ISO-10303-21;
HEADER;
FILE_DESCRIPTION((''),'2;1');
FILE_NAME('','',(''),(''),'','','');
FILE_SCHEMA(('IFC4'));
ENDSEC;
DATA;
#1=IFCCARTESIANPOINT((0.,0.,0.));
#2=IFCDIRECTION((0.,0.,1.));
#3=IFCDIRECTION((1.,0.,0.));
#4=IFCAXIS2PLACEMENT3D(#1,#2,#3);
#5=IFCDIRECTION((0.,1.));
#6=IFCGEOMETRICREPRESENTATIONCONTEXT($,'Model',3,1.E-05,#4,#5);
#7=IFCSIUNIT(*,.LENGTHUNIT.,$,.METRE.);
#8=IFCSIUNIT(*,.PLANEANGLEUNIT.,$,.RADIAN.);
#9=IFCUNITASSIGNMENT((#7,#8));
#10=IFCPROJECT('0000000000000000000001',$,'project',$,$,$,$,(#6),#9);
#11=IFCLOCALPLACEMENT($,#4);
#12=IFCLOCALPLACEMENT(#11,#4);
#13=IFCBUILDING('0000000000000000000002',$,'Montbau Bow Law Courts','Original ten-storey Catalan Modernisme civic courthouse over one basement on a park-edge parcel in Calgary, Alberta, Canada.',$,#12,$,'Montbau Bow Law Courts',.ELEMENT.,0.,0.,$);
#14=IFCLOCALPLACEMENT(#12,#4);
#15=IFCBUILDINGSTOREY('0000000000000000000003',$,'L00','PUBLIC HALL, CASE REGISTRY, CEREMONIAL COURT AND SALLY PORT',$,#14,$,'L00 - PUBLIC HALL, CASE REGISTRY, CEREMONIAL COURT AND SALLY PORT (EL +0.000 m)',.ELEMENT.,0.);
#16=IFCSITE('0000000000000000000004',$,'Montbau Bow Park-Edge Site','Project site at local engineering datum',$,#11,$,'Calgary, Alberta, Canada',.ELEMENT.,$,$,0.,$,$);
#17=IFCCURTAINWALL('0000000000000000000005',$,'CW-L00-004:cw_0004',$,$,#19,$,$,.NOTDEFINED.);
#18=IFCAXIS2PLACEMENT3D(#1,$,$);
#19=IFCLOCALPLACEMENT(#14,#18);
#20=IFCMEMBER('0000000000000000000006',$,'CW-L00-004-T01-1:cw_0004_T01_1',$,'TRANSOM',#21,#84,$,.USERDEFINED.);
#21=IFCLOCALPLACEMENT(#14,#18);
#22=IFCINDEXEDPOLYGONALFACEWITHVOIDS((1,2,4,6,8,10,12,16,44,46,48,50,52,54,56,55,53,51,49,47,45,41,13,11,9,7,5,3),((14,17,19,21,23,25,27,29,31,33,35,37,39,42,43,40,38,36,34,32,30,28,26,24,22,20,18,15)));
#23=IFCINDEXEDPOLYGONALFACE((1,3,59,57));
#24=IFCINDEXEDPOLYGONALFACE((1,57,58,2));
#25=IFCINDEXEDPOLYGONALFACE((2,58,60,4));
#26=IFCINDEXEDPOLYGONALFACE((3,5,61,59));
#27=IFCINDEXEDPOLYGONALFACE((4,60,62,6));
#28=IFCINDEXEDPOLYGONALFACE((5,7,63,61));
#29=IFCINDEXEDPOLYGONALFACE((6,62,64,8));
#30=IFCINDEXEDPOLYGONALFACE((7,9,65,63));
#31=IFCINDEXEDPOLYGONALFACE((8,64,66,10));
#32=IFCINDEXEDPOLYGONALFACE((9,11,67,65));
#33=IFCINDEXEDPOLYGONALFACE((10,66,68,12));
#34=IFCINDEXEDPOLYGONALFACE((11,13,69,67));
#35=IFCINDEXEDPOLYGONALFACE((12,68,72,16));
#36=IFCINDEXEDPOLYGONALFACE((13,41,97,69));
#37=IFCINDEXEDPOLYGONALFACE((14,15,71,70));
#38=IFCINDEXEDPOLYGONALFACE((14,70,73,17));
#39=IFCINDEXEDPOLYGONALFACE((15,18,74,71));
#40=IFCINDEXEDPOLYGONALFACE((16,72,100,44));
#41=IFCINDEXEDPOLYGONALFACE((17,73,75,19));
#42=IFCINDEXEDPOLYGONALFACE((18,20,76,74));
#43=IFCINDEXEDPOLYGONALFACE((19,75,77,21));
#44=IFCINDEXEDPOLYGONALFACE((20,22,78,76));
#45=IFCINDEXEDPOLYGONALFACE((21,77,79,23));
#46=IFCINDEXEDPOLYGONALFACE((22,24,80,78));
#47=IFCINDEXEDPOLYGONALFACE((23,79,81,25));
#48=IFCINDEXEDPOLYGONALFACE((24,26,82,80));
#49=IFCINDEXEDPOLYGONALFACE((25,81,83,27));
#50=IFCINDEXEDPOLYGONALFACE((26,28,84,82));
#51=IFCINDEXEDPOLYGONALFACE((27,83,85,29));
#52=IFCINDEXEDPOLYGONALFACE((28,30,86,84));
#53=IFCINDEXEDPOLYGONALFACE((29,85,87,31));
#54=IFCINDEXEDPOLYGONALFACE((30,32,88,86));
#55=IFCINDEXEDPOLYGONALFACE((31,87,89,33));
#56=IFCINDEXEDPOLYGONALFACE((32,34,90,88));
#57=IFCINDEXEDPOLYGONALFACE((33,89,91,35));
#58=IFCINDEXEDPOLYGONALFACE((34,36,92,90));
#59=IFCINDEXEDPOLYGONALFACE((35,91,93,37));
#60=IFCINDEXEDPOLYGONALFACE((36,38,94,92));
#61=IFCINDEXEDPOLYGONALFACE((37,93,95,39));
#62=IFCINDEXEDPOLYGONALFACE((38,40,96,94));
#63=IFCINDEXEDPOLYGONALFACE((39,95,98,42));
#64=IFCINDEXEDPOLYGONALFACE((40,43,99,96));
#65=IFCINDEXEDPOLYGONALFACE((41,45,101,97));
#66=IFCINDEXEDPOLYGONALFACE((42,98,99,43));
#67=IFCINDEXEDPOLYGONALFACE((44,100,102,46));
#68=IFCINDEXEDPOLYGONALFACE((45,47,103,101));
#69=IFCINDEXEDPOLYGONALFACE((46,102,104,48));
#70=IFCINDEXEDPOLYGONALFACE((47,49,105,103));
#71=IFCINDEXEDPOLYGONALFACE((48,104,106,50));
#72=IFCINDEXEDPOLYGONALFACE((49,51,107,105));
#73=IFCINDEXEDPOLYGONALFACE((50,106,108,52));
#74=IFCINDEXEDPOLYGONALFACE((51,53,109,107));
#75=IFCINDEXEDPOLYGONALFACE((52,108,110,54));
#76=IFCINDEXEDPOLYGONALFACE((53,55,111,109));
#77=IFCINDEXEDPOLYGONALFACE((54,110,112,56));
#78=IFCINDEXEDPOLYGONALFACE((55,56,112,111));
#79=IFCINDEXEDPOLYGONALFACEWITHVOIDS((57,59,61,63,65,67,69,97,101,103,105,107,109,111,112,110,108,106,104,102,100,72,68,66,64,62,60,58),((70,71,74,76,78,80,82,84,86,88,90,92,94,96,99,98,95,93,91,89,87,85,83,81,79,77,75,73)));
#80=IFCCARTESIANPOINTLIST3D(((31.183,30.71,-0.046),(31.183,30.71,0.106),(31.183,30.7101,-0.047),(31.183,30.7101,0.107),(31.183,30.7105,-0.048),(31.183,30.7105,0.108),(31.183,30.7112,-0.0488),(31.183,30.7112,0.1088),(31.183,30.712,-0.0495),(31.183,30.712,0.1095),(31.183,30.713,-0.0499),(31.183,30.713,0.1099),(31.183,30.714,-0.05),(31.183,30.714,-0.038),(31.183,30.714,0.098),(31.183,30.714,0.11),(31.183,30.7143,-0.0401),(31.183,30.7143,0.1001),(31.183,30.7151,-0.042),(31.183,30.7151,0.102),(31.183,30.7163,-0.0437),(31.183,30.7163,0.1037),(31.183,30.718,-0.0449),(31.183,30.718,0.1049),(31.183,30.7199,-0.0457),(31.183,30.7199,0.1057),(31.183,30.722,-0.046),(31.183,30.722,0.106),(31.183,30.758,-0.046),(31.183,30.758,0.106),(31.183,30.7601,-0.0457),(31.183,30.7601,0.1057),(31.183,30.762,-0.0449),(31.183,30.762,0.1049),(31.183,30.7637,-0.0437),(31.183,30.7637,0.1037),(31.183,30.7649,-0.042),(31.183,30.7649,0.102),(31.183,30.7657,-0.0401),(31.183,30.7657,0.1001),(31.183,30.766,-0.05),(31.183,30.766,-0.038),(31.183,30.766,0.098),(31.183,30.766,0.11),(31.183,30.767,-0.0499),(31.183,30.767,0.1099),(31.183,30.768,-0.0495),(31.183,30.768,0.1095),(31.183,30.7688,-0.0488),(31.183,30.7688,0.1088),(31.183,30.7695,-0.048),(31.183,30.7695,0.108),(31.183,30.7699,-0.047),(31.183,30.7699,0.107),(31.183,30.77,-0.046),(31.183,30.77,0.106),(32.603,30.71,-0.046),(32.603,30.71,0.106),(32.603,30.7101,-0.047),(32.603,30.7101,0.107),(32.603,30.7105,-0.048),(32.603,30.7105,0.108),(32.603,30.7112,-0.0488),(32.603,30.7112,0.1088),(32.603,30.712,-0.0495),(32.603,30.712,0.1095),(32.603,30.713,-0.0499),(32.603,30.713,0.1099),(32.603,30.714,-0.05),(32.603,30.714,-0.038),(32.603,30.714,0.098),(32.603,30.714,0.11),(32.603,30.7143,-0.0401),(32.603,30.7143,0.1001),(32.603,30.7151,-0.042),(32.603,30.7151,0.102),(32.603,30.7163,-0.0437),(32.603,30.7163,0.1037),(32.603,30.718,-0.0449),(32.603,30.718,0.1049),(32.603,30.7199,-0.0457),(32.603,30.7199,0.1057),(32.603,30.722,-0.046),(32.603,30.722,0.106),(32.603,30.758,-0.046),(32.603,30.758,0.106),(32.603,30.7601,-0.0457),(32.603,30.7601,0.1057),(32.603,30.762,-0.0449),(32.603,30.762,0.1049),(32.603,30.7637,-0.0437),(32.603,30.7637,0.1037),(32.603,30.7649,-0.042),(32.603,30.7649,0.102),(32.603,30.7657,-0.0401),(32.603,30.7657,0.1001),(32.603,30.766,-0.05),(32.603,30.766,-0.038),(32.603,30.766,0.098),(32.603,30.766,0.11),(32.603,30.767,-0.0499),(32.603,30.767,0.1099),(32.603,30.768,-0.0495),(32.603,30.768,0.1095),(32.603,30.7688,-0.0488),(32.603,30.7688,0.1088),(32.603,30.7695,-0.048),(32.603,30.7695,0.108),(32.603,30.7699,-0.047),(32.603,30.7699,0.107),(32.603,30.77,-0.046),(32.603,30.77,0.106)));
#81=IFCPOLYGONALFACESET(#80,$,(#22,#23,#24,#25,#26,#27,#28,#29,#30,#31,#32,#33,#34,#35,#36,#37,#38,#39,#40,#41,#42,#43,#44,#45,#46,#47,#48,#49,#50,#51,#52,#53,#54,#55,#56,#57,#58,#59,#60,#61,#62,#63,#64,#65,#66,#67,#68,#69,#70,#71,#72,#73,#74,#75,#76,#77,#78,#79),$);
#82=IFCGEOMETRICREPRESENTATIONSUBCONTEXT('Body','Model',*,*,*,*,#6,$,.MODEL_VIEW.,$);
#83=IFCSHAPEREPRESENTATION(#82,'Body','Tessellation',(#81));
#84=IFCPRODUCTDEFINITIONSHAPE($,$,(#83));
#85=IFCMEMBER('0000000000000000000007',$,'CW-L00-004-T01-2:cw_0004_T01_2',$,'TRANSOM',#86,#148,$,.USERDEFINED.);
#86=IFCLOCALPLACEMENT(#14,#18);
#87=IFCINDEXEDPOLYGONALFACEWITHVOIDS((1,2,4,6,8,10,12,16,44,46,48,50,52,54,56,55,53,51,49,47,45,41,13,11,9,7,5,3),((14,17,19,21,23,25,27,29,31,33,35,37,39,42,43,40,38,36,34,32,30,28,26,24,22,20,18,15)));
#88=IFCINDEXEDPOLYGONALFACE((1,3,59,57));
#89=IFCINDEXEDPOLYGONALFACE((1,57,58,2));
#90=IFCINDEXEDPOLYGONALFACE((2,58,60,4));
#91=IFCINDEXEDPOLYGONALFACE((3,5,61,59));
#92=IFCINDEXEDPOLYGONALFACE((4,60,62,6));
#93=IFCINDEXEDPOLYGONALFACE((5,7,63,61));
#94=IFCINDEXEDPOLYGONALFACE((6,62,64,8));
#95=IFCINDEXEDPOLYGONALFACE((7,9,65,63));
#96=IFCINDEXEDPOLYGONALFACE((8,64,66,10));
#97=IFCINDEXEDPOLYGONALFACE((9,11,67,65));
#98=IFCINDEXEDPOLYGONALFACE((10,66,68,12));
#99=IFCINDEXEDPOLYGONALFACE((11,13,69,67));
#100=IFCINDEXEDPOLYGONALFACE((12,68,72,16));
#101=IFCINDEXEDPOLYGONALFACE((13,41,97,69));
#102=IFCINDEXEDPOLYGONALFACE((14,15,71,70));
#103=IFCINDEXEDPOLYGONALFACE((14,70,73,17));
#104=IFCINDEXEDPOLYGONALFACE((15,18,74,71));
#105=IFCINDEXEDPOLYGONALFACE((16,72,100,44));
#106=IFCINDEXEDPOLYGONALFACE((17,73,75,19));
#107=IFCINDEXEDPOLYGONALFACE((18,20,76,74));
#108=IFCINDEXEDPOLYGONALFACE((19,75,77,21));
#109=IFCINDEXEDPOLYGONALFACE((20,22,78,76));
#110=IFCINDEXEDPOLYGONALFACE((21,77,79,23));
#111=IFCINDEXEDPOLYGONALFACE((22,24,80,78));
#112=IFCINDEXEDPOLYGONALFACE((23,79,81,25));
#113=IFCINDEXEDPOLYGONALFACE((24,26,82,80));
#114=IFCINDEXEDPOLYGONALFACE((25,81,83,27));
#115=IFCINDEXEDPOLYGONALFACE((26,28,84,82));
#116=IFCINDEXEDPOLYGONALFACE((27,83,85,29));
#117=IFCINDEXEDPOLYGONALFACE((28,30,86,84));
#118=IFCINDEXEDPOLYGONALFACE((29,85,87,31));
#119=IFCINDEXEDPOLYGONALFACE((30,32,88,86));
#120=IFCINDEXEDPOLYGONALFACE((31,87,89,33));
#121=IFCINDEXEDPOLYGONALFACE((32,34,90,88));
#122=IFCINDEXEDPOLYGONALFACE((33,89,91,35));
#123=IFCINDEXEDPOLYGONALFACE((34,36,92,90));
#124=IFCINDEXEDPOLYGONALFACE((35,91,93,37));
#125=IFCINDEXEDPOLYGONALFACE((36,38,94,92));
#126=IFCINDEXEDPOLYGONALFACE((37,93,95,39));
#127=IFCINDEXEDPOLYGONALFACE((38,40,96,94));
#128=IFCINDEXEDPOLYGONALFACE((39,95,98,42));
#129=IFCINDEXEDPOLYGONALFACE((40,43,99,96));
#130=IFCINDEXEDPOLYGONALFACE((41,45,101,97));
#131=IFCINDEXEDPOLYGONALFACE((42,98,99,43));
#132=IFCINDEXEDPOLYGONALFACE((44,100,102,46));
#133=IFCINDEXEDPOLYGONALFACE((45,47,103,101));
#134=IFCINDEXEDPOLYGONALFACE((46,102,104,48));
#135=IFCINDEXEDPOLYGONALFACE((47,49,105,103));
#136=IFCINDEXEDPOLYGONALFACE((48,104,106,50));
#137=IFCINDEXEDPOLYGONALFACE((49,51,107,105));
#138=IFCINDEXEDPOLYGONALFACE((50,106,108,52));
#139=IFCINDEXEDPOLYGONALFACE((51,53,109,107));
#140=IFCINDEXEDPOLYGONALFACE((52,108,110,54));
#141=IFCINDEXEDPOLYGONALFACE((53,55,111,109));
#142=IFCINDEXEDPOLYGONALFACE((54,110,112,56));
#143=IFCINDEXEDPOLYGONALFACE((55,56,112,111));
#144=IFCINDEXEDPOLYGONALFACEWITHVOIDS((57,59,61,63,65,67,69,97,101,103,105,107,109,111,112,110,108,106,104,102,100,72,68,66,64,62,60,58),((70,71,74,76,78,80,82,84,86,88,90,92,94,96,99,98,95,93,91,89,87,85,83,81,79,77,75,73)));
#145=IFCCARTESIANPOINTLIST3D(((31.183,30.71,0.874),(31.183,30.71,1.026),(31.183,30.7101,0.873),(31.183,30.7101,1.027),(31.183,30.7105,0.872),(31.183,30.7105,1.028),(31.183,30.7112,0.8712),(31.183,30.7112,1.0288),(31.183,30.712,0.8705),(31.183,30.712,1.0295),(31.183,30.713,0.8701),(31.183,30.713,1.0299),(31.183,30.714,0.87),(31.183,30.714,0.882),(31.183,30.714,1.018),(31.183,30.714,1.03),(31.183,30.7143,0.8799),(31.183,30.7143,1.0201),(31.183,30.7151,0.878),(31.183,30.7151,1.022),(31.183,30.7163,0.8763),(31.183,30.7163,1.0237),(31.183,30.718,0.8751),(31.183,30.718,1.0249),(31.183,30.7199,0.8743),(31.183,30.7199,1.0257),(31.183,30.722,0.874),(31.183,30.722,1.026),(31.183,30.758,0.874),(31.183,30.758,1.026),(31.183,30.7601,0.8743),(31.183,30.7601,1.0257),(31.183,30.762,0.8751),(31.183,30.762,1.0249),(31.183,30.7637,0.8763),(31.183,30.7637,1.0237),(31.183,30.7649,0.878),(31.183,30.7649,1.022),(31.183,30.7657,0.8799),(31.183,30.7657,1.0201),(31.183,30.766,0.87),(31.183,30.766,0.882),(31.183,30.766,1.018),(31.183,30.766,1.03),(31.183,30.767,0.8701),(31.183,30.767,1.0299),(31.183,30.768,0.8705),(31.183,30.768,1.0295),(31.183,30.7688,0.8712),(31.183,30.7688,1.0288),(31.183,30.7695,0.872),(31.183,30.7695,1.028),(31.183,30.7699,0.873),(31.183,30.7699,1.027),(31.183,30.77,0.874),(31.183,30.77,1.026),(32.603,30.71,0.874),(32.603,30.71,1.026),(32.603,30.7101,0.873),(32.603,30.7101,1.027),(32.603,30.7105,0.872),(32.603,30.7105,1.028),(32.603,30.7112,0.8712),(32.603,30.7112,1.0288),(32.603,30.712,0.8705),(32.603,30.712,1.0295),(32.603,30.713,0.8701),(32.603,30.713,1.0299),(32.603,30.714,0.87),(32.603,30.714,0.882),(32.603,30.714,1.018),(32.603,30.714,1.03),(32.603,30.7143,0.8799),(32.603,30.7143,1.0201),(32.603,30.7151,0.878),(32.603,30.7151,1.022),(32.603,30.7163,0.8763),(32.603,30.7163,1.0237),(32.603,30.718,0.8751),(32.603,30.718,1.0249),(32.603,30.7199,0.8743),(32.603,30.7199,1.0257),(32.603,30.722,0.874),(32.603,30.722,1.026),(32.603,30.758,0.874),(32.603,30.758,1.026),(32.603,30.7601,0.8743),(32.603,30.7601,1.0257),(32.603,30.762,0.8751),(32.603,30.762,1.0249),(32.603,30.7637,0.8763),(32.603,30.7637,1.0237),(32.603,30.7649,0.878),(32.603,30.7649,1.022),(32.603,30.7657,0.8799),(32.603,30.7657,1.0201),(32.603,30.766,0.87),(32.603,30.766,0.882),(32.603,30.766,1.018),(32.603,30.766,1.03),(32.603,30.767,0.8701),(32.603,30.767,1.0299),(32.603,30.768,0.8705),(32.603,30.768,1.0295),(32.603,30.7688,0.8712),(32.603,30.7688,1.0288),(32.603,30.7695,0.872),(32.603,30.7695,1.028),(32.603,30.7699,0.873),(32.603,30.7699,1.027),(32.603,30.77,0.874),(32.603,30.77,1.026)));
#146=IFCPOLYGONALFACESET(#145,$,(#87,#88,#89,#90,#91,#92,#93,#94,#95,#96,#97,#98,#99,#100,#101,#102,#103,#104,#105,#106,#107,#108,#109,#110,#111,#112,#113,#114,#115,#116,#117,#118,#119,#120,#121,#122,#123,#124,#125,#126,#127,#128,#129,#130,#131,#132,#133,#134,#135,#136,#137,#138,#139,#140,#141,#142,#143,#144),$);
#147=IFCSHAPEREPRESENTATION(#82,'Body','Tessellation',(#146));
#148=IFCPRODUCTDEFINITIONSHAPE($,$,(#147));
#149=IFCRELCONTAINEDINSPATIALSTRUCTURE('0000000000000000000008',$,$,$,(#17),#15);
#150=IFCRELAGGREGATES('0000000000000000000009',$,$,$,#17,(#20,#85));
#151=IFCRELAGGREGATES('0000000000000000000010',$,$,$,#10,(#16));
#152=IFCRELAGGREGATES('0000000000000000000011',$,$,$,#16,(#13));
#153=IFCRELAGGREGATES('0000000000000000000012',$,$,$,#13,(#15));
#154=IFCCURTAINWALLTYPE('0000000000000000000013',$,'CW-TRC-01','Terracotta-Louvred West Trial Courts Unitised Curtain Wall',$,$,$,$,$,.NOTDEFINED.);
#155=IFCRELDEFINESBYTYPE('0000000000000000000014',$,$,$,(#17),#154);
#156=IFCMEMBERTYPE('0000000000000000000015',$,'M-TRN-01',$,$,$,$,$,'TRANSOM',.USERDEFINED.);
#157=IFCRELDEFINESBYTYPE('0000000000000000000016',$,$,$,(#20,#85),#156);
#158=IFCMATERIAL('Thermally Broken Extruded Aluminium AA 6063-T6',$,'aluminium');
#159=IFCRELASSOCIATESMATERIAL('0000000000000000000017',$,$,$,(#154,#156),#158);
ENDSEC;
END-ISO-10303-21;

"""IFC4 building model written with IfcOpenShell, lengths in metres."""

from ifc_helpers import new_model, si_unit, direction, frame, origin_with_axes, origin_2d_with_axis, place, context, subcontext, project, spatial, hollow_rectangle, extrude, material, material_profile, profile_set, type_object, element, aggregate, save


model = new_model("IFC4")

# Units and contexts
model_context = context("Model", 3, precision=1e-05, world=origin_with_axes(), true_north=direction((0.0, 1.0)))
body_context = subcontext(model_context, "Body", "Model", "MODEL_VIEW")
ifc_project = project(units=[si_unit("LENGTHUNIT", "METRE"), si_unit("PLANEANGLEUNIT", "RADIAN")], contexts=[model_context])

# Site, building, storey
site_placement = place(None, origin_with_axes())
site = spatial("IfcSite", under=ifc_project, at=site_placement, Name="Montbau Bow Park-Edge Site", Description="Project site at local engineering datum", LongName="Calgary, Alberta, Canada", CompositionType="ELEMENT", RefElevation=0.0)
building_placement = place(site_placement, origin_with_axes())
building = spatial("IfcBuilding", under=site, at=building_placement, Name="Montbau Bow Law Courts", Description="Original ten-storey Catalan Modernisme civic courthouse over one basement on a park-edge parcel in Calgary, Alberta, Canada.", LongName="Montbau Bow Law Courts", CompositionType="ELEMENT", ElevationOfRefHeight=0.0, ElevationOfTerrain=0.0)
storey_placement = place(building_placement, origin_with_axes())
storey = spatial("IfcBuildingStorey", under=building, at=storey_placement, Name="L00", Description="PUBLIC HALL, CASE REGISTRY, CEREMONIAL COURT AND SALLY PORT", LongName="L00 - PUBLIC HALL, CASE REGISTRY, CEREMONIAL COURT AND SALLY PORT (EL +0.000 m)", CompositionType="ELEMENT", Elevation=0.0)

# Curtain wall, members
ifc_material_1 = material(Name="Thermally Broken Extruded Aluminium AA 6063-T6", Category="aluminium")
curtain_wall_type = type_object("IfcCurtainWallType", Name="CW-TRC-01", Description="Terracotta-Louvred West Trial Courts Unitised Curtain Wall", PredefinedType="NOTDEFINED", material=ifc_material_1)
curtain_wall_1_placement = place(None, frame((31.115, 30.74, 0.0), z_axis=(0.0, 0.0, 1.0), x_axis=(1.0, 0.0, 0.0)))
curtain_wall_1 = element("IfcCurtainWall", 1, at=curtain_wall_1_placement, inside=storey, type_object=curtain_wall_type, Name="CW-L00-004:cw_0004", PredefinedType="NOTDEFINED")
ifc_material_profile_1 = material_profile(ifc_material_1, hollow_rectangle(XDim=0.06, YDim=0.16, WallThickness=0.004, InnerFilletRadius=0.008, OuterFilletRadius=0.004, at=origin_2d_with_axis()), Name="CWT-160X60", Category="Main", Priority=0)
ifc_profile_set_1 = profile_set([ifc_material_profile_1], Name="Thermally Broken Extruded Aluminium AA 6063-T6")
member_type_1 = type_object("IfcMemberType", Name="M-TRN-01", ElementType="TRANSOM", PredefinedType="USERDEFINED", material=ifc_profile_set_1)
member_1_placement = place(None, frame((31.183, 30.74, 0.03), z_axis=(1.0, 0.0, 0.0), x_axis=(0.0, 1.0, 0.0)))
member_1 = element("IfcMember", 2, at=member_1_placement, type_object=member_type_1, Name="CW-L00-004-T01-1:cw_0004_T01_1", ObjectType="TRANSOM", PredefinedType="USERDEFINED", context=body_context, shape_type="SweptSolid", body=[
    extrude(hollow_rectangle(XDim=0.06, YDim=0.16, WallThickness=0.004, InnerFilletRadius=0.008, OuterFilletRadius=0.004, at=origin_2d_with_axis()), origin_with_axes(), (0.0, 0.0, 1.0), 1.42),
])
member_2_placement = place(None, frame((31.183, 30.74, 0.95), z_axis=(1.0, 0.0, 0.0), x_axis=(0.0, 1.0, 0.0)))
member_2 = element("IfcMember", 3, at=member_2_placement, type_object=member_type_1, Name="CW-L00-004-T01-2:cw_0004_T01_2", ObjectType="TRANSOM", PredefinedType="USERDEFINED", context=body_context, shape_type="SweptSolid", body=[
    extrude(hollow_rectangle(XDim=0.06, YDim=0.16, WallThickness=0.004, InnerFilletRadius=0.008, OuterFilletRadius=0.004, at=origin_2d_with_axis()), origin_with_axes(), (0.0, 0.0, 1.0), 1.42),
])

aggregate(curtain_wall_1, [member_1, member_2])

save(model, "model.ifc")
